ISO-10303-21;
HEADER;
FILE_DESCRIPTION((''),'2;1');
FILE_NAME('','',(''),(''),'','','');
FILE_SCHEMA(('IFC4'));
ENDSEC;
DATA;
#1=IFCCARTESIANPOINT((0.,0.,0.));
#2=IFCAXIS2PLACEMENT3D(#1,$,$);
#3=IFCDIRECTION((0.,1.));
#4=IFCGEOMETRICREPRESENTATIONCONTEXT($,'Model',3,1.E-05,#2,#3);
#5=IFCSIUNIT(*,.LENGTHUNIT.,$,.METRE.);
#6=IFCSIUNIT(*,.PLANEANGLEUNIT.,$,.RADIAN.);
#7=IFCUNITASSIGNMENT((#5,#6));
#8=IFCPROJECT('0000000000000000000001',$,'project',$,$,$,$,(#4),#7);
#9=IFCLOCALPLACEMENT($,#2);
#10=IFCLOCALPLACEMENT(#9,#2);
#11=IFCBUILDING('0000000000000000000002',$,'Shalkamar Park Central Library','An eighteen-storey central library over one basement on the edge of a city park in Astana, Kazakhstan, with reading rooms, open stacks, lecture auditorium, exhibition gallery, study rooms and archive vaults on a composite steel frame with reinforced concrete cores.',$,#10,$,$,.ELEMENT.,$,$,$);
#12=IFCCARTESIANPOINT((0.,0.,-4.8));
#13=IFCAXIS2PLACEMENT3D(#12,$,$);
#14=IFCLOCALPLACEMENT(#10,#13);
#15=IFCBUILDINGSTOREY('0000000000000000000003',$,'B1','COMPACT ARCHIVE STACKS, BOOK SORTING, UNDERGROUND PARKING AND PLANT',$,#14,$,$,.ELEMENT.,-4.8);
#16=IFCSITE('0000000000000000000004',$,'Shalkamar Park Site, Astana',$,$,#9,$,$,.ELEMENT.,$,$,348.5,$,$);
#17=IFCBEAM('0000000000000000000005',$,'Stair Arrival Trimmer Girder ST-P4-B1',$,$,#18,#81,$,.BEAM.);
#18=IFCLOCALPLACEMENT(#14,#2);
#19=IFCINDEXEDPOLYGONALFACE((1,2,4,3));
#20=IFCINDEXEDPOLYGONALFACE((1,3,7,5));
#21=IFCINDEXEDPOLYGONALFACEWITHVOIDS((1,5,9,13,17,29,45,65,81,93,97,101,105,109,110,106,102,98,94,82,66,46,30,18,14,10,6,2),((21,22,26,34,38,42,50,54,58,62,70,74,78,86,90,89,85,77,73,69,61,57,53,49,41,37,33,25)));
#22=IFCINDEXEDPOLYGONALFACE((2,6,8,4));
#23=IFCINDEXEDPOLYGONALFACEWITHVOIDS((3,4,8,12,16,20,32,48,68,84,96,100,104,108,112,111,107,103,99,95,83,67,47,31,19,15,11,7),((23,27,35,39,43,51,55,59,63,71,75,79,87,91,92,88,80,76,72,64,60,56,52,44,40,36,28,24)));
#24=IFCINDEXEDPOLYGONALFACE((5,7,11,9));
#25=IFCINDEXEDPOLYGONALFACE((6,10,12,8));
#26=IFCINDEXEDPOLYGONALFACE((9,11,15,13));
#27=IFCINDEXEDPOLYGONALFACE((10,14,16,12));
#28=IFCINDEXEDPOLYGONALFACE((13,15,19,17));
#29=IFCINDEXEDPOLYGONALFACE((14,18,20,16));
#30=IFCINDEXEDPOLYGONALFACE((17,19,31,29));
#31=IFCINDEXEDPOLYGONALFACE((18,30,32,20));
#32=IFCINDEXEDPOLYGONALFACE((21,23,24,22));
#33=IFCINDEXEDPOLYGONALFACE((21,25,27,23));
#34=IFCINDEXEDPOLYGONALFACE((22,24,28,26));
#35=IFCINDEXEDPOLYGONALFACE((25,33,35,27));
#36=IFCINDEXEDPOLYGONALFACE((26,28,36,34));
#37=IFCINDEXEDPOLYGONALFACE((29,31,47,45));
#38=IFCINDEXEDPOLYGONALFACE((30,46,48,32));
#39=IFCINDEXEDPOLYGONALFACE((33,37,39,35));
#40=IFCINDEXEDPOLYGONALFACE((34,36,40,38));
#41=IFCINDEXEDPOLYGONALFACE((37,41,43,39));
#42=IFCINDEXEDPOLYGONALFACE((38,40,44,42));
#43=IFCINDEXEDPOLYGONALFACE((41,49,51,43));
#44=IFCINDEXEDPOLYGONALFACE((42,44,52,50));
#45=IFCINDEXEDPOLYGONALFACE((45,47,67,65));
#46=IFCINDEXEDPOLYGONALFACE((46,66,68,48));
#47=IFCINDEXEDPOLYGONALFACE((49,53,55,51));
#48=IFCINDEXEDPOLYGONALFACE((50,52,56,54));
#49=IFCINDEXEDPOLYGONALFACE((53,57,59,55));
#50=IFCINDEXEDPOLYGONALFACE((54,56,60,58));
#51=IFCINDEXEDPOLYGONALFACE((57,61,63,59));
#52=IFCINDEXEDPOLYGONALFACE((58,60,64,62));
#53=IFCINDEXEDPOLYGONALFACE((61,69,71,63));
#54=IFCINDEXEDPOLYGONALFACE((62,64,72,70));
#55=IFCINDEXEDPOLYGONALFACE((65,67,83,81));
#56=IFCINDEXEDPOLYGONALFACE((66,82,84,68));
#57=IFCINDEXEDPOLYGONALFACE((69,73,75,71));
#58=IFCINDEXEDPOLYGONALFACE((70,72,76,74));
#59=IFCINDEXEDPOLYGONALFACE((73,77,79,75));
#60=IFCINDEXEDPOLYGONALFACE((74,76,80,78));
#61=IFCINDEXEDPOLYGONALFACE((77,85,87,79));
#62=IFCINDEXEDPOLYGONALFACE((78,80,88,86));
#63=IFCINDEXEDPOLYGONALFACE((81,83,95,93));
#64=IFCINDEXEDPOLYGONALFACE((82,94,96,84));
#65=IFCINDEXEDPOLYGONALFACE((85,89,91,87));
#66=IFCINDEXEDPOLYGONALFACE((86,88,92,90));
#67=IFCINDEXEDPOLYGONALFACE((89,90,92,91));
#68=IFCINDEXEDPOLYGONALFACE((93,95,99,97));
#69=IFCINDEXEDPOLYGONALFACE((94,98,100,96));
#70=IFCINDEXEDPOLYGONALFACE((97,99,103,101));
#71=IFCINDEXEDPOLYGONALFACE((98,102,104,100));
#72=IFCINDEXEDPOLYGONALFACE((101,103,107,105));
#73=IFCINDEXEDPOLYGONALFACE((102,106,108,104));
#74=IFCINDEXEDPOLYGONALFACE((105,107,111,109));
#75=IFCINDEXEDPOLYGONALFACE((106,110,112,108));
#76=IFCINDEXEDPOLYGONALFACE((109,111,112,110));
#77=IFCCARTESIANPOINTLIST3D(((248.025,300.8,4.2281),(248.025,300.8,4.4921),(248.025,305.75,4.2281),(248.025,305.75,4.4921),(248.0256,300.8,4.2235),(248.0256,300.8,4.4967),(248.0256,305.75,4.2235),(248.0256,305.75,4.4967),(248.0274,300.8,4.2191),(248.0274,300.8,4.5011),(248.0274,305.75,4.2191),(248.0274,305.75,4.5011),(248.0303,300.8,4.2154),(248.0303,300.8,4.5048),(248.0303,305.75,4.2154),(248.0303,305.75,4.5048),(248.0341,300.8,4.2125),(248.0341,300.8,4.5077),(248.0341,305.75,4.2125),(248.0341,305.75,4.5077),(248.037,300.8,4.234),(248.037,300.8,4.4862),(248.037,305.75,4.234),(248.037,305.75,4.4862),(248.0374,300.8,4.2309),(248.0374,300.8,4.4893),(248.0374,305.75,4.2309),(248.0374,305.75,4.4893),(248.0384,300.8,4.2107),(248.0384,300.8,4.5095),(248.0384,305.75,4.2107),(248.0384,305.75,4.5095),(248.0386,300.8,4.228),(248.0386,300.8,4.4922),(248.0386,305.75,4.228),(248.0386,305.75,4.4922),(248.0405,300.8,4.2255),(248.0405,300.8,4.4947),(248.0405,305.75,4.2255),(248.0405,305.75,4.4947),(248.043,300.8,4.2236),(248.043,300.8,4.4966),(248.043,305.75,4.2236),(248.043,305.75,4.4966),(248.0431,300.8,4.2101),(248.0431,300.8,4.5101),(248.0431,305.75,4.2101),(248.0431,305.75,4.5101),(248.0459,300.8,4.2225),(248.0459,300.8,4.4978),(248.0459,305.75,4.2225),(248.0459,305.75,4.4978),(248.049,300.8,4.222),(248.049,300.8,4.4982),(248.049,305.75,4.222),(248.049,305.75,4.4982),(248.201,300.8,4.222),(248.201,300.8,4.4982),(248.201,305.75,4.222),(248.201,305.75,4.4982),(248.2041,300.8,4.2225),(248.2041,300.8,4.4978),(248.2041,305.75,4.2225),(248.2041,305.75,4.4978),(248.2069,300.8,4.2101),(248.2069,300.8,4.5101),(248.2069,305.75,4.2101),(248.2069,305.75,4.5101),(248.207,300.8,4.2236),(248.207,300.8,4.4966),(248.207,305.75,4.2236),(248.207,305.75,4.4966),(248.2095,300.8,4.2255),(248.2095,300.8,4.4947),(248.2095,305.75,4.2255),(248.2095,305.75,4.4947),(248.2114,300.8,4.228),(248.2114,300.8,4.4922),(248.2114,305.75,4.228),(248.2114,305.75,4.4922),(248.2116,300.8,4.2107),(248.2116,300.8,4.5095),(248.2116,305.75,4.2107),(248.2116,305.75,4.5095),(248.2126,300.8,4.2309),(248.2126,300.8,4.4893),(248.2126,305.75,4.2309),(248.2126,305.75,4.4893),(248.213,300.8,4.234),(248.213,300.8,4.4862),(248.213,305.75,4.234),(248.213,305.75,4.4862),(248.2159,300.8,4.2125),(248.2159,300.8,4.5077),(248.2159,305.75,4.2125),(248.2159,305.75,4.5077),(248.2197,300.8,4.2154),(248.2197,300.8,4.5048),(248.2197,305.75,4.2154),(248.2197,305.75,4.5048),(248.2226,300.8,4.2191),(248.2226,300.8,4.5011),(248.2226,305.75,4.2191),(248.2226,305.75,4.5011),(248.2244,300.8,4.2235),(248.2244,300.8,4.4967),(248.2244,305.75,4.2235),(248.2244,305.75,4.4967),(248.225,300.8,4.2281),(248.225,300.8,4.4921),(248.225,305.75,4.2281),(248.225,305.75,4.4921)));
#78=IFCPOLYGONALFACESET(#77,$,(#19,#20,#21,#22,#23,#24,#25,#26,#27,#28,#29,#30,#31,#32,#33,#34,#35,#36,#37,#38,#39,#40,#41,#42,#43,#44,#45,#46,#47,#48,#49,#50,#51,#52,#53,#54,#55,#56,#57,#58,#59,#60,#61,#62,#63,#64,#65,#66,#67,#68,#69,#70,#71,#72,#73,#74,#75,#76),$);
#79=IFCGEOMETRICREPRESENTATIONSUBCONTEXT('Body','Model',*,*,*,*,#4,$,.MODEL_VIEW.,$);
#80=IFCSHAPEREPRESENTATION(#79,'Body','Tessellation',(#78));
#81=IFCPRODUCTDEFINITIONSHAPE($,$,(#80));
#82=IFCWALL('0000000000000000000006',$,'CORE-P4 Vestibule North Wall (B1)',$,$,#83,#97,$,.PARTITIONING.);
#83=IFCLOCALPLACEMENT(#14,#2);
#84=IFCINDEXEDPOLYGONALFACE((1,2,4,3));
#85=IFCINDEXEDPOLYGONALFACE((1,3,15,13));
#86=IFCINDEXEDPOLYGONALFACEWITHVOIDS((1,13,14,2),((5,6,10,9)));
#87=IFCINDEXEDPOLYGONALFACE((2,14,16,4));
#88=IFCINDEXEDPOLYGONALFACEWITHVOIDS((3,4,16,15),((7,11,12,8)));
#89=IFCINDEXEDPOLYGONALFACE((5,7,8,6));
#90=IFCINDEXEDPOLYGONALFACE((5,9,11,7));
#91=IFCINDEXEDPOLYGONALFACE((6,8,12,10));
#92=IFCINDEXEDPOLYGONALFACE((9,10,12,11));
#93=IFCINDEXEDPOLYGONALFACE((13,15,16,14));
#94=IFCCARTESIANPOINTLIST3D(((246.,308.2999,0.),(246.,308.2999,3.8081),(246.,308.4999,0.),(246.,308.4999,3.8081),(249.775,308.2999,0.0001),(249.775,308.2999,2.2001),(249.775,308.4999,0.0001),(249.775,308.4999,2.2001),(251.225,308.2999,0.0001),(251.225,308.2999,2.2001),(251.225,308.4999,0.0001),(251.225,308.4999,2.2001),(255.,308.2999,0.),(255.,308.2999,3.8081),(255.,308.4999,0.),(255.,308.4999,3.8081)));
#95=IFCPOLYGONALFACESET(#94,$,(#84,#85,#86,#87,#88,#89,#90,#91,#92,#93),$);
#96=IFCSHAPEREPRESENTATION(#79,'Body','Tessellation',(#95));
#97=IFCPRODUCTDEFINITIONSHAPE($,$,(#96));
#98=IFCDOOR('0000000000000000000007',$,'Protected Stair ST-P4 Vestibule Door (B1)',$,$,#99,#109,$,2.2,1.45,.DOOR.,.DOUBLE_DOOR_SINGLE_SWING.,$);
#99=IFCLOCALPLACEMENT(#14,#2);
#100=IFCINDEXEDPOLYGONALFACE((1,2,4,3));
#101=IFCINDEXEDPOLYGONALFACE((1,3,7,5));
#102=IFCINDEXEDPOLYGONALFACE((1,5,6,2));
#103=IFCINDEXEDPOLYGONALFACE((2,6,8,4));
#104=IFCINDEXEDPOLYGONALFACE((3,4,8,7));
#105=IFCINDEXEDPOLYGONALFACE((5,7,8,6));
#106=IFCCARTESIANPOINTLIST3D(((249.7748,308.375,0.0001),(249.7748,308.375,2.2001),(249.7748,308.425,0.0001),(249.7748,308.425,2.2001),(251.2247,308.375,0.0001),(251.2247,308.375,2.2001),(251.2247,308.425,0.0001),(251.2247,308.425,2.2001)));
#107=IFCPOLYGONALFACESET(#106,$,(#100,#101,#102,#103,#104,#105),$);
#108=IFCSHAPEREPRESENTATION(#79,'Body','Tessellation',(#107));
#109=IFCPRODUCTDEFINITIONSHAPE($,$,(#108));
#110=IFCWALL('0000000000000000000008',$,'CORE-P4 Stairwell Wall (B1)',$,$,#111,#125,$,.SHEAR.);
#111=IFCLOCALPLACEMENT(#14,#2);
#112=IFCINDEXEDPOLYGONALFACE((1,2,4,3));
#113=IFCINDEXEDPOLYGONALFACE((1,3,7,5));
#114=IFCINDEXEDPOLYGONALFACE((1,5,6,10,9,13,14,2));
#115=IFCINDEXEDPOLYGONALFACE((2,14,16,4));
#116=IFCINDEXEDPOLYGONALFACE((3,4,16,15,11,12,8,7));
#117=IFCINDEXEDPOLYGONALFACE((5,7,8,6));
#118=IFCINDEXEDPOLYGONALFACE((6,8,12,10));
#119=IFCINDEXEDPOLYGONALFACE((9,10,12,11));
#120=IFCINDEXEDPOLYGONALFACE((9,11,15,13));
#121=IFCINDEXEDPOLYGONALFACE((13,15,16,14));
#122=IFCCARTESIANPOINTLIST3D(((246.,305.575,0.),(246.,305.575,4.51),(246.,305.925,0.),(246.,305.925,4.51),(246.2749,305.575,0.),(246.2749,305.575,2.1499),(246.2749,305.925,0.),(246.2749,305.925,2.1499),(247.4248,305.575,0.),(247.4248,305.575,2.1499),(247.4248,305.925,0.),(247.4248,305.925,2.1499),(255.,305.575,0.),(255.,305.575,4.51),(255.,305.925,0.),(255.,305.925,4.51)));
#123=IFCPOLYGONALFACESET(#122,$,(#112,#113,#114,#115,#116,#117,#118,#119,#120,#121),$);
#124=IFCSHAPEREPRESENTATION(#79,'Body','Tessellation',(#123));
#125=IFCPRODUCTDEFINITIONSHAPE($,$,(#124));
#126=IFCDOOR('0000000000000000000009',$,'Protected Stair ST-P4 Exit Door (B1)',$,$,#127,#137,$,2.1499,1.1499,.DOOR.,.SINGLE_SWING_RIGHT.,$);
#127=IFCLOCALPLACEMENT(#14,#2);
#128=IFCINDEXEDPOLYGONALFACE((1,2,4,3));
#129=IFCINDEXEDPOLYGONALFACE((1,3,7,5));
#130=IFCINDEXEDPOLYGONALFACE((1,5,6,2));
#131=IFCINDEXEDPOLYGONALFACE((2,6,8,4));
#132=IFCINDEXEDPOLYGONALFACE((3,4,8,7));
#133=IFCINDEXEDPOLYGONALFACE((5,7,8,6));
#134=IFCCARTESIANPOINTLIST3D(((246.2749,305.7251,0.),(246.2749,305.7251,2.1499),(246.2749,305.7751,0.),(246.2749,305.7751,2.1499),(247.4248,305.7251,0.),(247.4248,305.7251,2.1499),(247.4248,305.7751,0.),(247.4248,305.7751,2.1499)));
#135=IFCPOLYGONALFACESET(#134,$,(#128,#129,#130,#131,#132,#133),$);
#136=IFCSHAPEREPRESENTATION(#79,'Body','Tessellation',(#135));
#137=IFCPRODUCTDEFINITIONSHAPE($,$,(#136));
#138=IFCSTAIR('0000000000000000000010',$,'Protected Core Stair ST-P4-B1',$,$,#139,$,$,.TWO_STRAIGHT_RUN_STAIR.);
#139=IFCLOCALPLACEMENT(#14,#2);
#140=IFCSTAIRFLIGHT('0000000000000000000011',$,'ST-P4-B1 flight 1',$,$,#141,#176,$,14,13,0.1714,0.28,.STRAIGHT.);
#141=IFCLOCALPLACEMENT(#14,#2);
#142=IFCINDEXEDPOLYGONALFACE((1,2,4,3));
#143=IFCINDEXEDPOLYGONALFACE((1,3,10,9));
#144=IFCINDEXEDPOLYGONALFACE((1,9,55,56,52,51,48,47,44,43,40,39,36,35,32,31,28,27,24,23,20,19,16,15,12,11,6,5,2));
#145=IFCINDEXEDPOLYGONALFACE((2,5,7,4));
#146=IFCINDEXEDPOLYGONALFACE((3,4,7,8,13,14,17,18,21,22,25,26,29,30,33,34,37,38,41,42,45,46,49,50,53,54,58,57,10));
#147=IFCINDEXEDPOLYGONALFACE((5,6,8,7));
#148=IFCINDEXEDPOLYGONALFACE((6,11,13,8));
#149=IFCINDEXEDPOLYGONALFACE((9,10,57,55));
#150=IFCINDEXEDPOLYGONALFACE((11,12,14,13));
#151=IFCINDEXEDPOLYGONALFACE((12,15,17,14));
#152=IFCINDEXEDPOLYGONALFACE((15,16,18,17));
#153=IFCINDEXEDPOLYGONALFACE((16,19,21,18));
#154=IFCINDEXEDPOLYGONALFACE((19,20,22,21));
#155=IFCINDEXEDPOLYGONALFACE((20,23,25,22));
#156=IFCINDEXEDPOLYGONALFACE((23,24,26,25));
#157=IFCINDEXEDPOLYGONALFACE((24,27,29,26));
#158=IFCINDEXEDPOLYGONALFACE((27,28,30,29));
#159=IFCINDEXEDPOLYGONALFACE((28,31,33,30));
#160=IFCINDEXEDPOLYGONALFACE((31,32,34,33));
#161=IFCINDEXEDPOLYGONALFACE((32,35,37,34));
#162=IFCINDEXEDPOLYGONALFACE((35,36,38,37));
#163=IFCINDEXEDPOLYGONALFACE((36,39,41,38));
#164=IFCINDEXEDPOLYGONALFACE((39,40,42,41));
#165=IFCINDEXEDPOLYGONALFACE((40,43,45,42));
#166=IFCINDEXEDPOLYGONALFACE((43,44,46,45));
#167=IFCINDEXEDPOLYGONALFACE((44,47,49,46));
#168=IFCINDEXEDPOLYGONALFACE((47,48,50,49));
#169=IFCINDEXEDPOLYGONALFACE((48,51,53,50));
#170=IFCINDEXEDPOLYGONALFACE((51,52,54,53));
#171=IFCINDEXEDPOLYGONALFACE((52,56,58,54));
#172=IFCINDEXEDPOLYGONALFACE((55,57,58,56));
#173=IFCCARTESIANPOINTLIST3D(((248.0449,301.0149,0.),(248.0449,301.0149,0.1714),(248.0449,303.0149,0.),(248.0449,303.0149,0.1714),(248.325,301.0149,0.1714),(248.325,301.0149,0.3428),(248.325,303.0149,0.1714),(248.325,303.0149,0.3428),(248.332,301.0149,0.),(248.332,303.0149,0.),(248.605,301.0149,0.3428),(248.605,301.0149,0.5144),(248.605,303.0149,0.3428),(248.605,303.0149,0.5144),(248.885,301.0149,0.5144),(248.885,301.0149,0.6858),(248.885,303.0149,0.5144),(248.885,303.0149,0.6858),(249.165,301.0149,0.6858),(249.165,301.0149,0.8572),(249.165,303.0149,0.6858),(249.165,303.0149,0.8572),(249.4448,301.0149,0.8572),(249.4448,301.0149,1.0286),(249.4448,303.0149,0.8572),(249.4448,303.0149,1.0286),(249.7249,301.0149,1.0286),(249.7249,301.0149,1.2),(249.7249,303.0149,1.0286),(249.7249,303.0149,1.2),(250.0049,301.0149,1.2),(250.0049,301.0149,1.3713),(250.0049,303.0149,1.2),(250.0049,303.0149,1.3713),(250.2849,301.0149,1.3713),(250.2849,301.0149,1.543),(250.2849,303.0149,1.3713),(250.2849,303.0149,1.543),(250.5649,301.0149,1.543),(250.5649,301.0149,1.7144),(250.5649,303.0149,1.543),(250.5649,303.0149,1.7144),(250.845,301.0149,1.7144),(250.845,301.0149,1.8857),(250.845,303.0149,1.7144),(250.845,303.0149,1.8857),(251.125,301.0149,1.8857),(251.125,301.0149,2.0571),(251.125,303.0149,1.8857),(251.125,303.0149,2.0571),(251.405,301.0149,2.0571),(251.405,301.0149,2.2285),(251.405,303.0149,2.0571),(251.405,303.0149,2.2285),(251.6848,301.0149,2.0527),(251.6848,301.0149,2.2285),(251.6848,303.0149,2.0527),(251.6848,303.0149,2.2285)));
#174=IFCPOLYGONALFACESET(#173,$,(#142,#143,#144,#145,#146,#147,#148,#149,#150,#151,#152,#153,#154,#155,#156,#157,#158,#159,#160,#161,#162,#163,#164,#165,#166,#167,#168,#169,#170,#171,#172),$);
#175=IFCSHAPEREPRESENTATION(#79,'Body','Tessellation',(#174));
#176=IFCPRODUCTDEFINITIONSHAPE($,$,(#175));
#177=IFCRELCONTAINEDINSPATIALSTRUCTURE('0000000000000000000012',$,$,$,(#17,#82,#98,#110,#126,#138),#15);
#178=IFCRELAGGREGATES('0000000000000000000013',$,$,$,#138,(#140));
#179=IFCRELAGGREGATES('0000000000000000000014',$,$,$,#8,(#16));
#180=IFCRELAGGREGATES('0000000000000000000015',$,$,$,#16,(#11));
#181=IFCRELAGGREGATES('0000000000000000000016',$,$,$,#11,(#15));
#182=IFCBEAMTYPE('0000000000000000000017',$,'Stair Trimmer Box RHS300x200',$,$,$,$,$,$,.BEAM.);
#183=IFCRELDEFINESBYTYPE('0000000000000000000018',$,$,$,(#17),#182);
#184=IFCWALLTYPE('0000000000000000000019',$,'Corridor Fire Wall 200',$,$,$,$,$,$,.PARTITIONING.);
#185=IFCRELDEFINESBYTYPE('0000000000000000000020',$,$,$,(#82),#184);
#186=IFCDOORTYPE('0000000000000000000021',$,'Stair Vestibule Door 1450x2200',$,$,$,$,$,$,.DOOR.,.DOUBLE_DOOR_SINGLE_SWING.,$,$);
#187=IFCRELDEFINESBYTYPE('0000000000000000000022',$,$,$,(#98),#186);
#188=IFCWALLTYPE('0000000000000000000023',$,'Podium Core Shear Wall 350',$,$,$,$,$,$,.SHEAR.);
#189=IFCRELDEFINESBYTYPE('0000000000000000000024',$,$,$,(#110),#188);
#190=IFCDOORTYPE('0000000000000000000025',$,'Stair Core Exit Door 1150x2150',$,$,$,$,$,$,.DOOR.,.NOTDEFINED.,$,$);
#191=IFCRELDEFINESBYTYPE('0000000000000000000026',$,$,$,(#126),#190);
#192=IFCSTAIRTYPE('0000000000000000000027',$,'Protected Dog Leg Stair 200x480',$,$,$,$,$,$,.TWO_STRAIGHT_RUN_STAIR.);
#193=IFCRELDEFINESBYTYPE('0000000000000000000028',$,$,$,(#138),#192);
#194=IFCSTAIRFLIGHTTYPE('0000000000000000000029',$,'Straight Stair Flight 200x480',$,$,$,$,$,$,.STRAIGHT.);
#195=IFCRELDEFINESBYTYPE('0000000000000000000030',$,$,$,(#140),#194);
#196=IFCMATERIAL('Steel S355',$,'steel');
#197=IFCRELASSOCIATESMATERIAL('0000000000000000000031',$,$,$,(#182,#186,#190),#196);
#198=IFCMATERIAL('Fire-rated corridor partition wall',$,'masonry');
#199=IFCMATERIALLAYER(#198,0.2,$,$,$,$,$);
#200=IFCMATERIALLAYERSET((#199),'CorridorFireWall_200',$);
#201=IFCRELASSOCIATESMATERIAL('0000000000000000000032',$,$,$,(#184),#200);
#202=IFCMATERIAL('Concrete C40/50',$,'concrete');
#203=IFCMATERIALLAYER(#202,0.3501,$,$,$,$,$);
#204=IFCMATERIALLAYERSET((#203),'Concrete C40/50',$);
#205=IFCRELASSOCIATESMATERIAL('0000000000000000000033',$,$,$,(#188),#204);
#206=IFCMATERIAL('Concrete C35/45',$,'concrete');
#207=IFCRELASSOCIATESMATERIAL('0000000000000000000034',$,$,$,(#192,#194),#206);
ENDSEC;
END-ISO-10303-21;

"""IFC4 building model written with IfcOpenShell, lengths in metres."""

from ifc_helpers import new_model, si_unit, direction, frame, frame_2d, origin, origin_2d, place, context, subcontext, project, spatial, polyline, rectangle, hollow_rectangle, outline, extrude, material, layer, layer_set, material_profile, profile_set, type_object, element, fill, aggregate, save


model = new_model("IFC4")

# Units and contexts
model_context = context("Model", 3, precision=1e-05, world=origin(), true_north=direction((0.0, 1.0)))
body_context = subcontext(model_context, "Body", "Model", "MODEL_VIEW")
ifc_project = project(units=[si_unit("LENGTHUNIT", "METRE"), si_unit("PLANEANGLEUNIT", "RADIAN")], contexts=[model_context])

# Site, building, storey
site_placement = place(None, origin())
site = spatial("IfcSite", under=ifc_project, at=site_placement, Name="Shalkamar Park Site, Astana", CompositionType="ELEMENT", RefElevation=348.5)
building_placement = place(site_placement, origin())
building = spatial("IfcBuilding", under=site, at=building_placement, Name="Shalkamar Park Central Library", Description="An eighteen-storey central library over one basement on the edge of a city park in Astana, Kazakhstan, with reading rooms, open stacks, lecture auditorium, exhibition gallery, study rooms and archive vaults on a composite steel frame with reinforced concrete cores.", CompositionType="ELEMENT")
storey_placement = place(building_placement, frame((0.0, 0.0, -4.8)))
storey = spatial("IfcBuildingStorey", under=building, at=storey_placement, Name="B1", Description="COMPACT ARCHIVE STACKS, BOOK SORTING, UNDERGROUND PARKING AND PLANT", CompositionType="ELEMENT", Elevation=-4.8)

# Shared definitions
ifc_material_1 = material(Name="Concrete C35/45", Category="concrete")

# Shared definitions
ifc_material_2 = material(Name="Concrete C40/50", Category="concrete")
ifc_material_3 = material(Name="Steel S355", Category="steel")

# Beam
ifc_material_profile_1 = material_profile(ifc_material_3, hollow_rectangle(XDim=0.2, YDim=0.3, WallThickness=0.012, InnerFilletRadius=0.012, OuterFilletRadius=0.0181, at=origin_2d()), Name="RHS 300x200x12")
ifc_profile_set_1 = profile_set([ifc_material_profile_1], Name="Steel S355")
beam_type_1 = type_object("IfcBeamType", Name="Stair Trimmer Box RHS300x200", PredefinedType="BEAM", material=ifc_profile_set_1)
beam_1_placement = place(storey_placement, frame((248.125, 300.8, 4.3601), z_axis=(0.0, 1.0, 0.0), x_axis=(-1.0, 0.0, 0.0)))
element("IfcBeam", 1, at=beam_1_placement, inside=storey, type_object=beam_type_1, Name="Stair Arrival Trimmer Girder ST-P4-B1", PredefinedType="BEAM", context=body_context, shape_type="SweptSolid", body=[
    extrude(hollow_rectangle(XDim=0.2, YDim=0.3, WallThickness=0.012, InnerFilletRadius=0.012, OuterFilletRadius=0.0181, at=origin_2d()), origin(), (0.0, 0.0, 1.0), 4.95),
])

# Walls, openings, doors
ifc_material_4 = material(Name="Fire-rated corridor partition wall", Category="masonry")
ifc_layer_1 = layer(ifc_material_4, 0.2)
ifc_layer_set_1 = layer_set([ifc_layer_1], Name="CorridorFireWall_200")
wall_type_1 = type_object("IfcWallType", Name="Corridor Fire Wall 200", PredefinedType="PARTITIONING", material=ifc_layer_set_1)
wall_1_placement = place(storey_placement, frame((246.0, 308.3999, 0.0), z_axis=(0.0, 0.0, 1.0), x_axis=(1.0, 0.0, 0.0)))
wall_1 = element("IfcWall", 2, at=wall_1_placement, inside=storey, type_object=wall_type_1, Name="CORE-P4 Vestibule North Wall (B1)", PredefinedType="PARTITIONING", context=body_context, shape_type="SweptSolid", body=[
    extrude(rectangle(XDim=9.0, YDim=0.2, at=frame_2d((4.5, 0.0))), origin(), (0.0, 0.0, 1.0), 3.8081),
])
opening_1_placement = place(wall_1_placement, frame((3.7749, 0.0, 0.0)))
opening_1 = element("IfcOpeningElement", 3, at=opening_1_placement, cuts=wall_1, PredefinedType="OPENING", context=body_context, shape_type="SweptSolid", body=[
    extrude(rectangle(XDim=1.45, YDim=2.2, at=frame_2d((0.7251, 1.1001))), frame((0.0, 0.1147, 0.0), z_axis=(0.0, -1.0, 0.0), x_axis=(1.0, 0.0, 0.0)), (0.0, 0.0, 1.0), 0.2297),
])
door_type_1 = type_object("IfcDoorType", Name="Stair Vestibule Door 1450x2200", OperationType="DOUBLE_DOOR_SINGLE_SWING", PredefinedType="DOOR", material=ifc_material_3)
door_1_placement = place(opening_1_placement, frame((1.45, 0.0, 0.0), z_axis=(0.0, 0.0, 1.0), x_axis=(-1.0, 0.0, 0.0)))
door_1 = element("IfcDoor", 4, at=door_1_placement, inside=storey, type_object=door_type_1, Name="Protected Stair ST-P4 Vestibule Door (B1)", OperationType="DOUBLE_DOOR_SINGLE_SWING", OverallHeight=2.2, OverallWidth=1.45, PredefinedType="DOOR", context=body_context, shape_type="SweptSolid", body=[
    extrude(rectangle(XDim=1.45, YDim=2.2, at=frame_2d((0.7251, 1.1001))), frame((0.0, 0.0249, 0.0), z_axis=(0.0, -1.0, 0.0), x_axis=(1.0, 0.0, 0.0)), (0.0, 0.0, 1.0), 0.05),
])
fill(opening_1, door_1)
ifc_layer_2 = layer(ifc_material_2, 0.3501)
ifc_layer_set_2 = layer_set([ifc_layer_2], Name="Concrete C40/50")
wall_type_2 = type_object("IfcWallType", Name="Podium Core Shear Wall 350", PredefinedType="SHEAR", material=ifc_layer_set_2)
wall_2_placement = place(storey_placement, frame((246.0, 305.75, 0.0), z_axis=(0.0, 0.0, 1.0), x_axis=(1.0, 0.0, 0.0)))
wall_2 = element("IfcWall", 5, at=wall_2_placement, inside=storey, type_object=wall_type_2, Name="CORE-P4 Stairwell Wall (B1)", PredefinedType="SHEAR", context=body_context, shape_type="SweptSolid", body=[
    extrude(rectangle(XDim=9.0, YDim=0.3501, at=frame_2d((4.5, 0.0))), origin(), (0.0, 0.0, 1.0), 4.51),
])
opening_2_placement = place(wall_2_placement, frame((0.2749, 0.0, 0.0)))
opening_2 = element("IfcOpeningElement", 6, at=opening_2_placement, cuts=wall_2, PredefinedType="OPENING", context=body_context, shape_type="SweptSolid", body=[
    extrude(rectangle(XDim=1.1499, YDim=2.1499, at=frame_2d((0.575, 1.075))), frame((0.0, 0.1899, 0.0), z_axis=(0.0, -1.0, 0.0), x_axis=(1.0, 0.0, 0.0)), (0.0, 0.0, 1.0), 0.3799),
])
door_type_2 = type_object("IfcDoorType", Name="Stair Core Exit Door 1150x2150", OperationType="NOTDEFINED", PredefinedType="DOOR", material=ifc_material_3)
door_2_placement = place(opening_2_placement, frame((1.1499, 0.0, 0.0), z_axis=(0.0, 0.0, 1.0), x_axis=(-1.0, 0.0, 0.0)))
door_2 = element("IfcDoor", 7, at=door_2_placement, inside=storey, type_object=door_type_2, Name="Protected Stair ST-P4 Exit Door (B1)", OperationType="SINGLE_SWING_RIGHT", OverallHeight=2.1499, OverallWidth=1.1499, PredefinedType="DOOR", context=body_context, shape_type="SweptSolid", body=[
    extrude(rectangle(XDim=1.1499, YDim=2.1499, at=frame_2d((0.575, 1.075))), frame((0.0, 0.0249, 0.0), z_axis=(0.0, -1.0, 0.0), x_axis=(1.0, 0.0, 0.0)), (0.0, 0.0, 1.0), 0.05),
])
fill(opening_2, door_2)

# Stair, stair flight
stair_type = type_object("IfcStairType", Name="Protected Dog Leg Stair 200x480", PredefinedType="TWO_STRAIGHT_RUN_STAIR", material=ifc_material_1)
stair_placement = place(storey_placement, origin())
stair = element("IfcStair", 8, at=stair_placement, inside=storey, type_object=stair_type, Name="Protected Core Stair ST-P4-B1", PredefinedType="TWO_STRAIGHT_RUN_STAIR")
stair_flight_type = type_object("IfcStairFlightType", Name="Straight Stair Flight 200x480", PredefinedType="STRAIGHT", material=ifc_material_1)
stair_flight_1_placement = place(storey_placement, frame((248.0449, 302.0149, 0.0), z_axis=(0.0, 0.0, 1.0), x_axis=(1.0, 0.0, 0.0)))
stair_flight_1 = element("IfcStairFlight", 9, at=stair_flight_1_placement, type_object=stair_flight_type, Name="ST-P4-B1 flight 1", NumberOfRisers=14, NumberOfTreads=13, PredefinedType="STRAIGHT", RiserHeight=0.1714, TreadLength=0.28, context=body_context, shape_type="SweptSolid", body=[
    extrude(outline(polyline([(0.0, 0.0), (0.0, 0.1714), (0.28, 0.1714), (0.28, 0.3428), (0.5601, 0.3428), (0.5601, 0.5144), (0.8401, 0.5144), (0.8401, 0.6858), (1.1201, 0.6858), (1.1201, 0.8572), (1.3999, 0.8572), (1.3999, 1.0286), (1.6799, 1.0286), (1.6799, 1.2), (1.96, 1.2), (1.96, 1.3713), (2.24, 1.3713), (2.24, 1.543), (2.52, 1.543), (2.52, 1.7144), (2.8, 1.7144), (2.8, 1.8857), (3.0801, 1.8857), (3.0801, 2.0571), (3.3601, 2.0571), (3.3601, 2.2285), (3.6399, 2.2285), (3.6399, 2.3999), (3.6399, 2.0527), (0.2871, 0.0), (0.0, 0.0)])), frame((0.0, 1.0, 0.0), z_axis=(0.0, -1.0, 0.0), x_axis=(1.0, 0.0, 0.0)), (0.0, 0.0, 1.0), 2.0),
])
aggregate(stair, [stair_flight_1])

save(model, "model.ifc")
